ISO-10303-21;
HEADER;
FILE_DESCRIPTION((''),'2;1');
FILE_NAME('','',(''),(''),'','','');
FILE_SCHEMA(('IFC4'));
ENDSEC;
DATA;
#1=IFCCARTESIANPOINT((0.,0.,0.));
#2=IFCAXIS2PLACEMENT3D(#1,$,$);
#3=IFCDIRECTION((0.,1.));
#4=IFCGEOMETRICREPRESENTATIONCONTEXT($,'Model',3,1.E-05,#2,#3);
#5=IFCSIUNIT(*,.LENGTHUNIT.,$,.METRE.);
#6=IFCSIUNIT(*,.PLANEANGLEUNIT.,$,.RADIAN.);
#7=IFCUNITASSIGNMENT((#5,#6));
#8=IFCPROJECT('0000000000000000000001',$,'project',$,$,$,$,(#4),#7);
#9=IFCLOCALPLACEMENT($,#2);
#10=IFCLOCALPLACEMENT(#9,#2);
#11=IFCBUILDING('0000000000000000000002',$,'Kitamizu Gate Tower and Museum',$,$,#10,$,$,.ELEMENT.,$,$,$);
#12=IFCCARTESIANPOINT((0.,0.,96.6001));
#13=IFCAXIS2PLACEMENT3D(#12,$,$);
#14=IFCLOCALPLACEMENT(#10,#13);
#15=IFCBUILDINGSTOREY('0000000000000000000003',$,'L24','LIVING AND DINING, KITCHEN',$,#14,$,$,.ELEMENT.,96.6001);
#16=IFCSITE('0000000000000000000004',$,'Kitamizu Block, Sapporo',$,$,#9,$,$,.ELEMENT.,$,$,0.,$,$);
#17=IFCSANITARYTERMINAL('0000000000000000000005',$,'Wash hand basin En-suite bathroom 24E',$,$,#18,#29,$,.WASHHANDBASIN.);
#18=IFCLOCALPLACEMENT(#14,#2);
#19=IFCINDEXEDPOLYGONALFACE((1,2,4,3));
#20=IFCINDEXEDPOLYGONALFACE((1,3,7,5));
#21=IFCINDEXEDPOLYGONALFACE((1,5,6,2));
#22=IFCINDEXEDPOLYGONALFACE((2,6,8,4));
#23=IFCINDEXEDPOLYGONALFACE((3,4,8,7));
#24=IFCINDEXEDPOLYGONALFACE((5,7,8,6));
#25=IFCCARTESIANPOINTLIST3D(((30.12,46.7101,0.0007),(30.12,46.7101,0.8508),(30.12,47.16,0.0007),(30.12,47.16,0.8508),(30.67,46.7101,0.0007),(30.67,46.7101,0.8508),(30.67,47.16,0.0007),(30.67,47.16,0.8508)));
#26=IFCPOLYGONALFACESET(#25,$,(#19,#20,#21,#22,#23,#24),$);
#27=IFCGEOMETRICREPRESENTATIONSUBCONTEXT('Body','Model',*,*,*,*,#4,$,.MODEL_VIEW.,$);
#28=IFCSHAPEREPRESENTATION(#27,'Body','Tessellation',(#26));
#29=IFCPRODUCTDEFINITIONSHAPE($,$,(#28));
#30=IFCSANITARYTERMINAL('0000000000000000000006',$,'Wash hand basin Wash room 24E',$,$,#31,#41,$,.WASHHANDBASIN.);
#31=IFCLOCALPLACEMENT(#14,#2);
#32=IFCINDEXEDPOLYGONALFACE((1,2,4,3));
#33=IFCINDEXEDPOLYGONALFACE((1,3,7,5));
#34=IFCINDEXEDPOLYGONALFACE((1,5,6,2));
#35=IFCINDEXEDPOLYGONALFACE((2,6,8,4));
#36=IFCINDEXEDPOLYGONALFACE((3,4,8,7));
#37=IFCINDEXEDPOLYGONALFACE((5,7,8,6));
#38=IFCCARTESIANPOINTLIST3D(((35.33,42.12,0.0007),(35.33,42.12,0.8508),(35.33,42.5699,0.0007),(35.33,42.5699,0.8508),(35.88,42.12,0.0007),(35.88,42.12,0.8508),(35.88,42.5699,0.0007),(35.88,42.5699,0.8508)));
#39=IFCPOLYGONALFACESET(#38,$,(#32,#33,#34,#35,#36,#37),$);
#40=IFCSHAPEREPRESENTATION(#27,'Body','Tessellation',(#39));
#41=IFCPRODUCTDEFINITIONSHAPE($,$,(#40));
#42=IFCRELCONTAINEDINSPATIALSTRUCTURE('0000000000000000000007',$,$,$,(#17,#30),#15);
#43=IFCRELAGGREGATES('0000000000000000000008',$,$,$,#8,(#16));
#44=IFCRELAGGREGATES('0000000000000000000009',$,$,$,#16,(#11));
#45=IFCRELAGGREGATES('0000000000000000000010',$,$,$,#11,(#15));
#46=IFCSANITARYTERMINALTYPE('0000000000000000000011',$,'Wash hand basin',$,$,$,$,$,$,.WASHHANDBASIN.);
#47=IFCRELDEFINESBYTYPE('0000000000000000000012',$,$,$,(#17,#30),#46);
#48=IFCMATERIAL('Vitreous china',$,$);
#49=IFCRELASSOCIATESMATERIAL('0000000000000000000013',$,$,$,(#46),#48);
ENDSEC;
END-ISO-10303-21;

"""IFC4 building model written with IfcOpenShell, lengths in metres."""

from ifc_helpers import new_model, si_unit, direction, frame, origin, origin_2d, place, context, subcontext, project, spatial, rectangle, extrude, material, type_object, element, save


model = new_model("IFC4")

# Units and contexts
model_context = context("Model", 3, precision=1e-05, world=origin(), true_north=direction((0.0, 1.0)))
body_context = subcontext(model_context, "Body", "Model", "MODEL_VIEW")
ifc_project = project(units=[si_unit("LENGTHUNIT", "METRE"), si_unit("PLANEANGLEUNIT", "RADIAN")], contexts=[model_context])

# Site, building, storey
site_placement = place(None, origin())
site = spatial("IfcSite", under=ifc_project, at=site_placement, Name="Kitamizu Block, Sapporo", CompositionType="ELEMENT", RefElevation=0.0)
building_placement = place(site_placement, origin())
building = spatial("IfcBuilding", under=site, at=building_placement, Name="Kitamizu Gate Tower and Museum", CompositionType="ELEMENT")
storey_placement = place(building_placement, frame((0.0, 0.0, 96.6001)))
storey = spatial("IfcBuildingStorey", under=building, at=storey_placement, Name="L24", Description="LIVING AND DINING, KITCHEN", CompositionType="ELEMENT", Elevation=96.6001)

# Sanitary terminals
ifc_material_1 = material(Name="Vitreous china")
sanitary_terminal_type_1 = type_object("IfcSanitaryTerminalType", Name="Wash hand basin", PredefinedType="WASHHANDBASIN", material=ifc_material_1)
for number, where, z_axis, x_axis, name in (
    (1, (30.395, 46.9351, 0.0007), (0.0, 0.0, 1.0), (1.0, 0.0, 0.0), "Wash hand basin En-suite bathroom 24E"),
    (2, (35.605, 42.345, 0.0007), (0.0, 0.0, 1.0), (1.0, 0.0, 0.0), "Wash hand basin Wash room 24E"),
):
    element("IfcSanitaryTerminal", number, at=place(storey_placement, frame(where, z_axis=z_axis, x_axis=x_axis)), inside=storey, type_object=sanitary_terminal_type_1, Name=name, PredefinedType="WASHHANDBASIN", context=body_context, shape_type="SweptSolid", body=[
        extrude(rectangle(XDim=0.55, YDim=0.45, at=origin_2d()), origin(), (0.0, 0.0, 1.0), 0.8501),
    ])

save(model, "model.ifc")
